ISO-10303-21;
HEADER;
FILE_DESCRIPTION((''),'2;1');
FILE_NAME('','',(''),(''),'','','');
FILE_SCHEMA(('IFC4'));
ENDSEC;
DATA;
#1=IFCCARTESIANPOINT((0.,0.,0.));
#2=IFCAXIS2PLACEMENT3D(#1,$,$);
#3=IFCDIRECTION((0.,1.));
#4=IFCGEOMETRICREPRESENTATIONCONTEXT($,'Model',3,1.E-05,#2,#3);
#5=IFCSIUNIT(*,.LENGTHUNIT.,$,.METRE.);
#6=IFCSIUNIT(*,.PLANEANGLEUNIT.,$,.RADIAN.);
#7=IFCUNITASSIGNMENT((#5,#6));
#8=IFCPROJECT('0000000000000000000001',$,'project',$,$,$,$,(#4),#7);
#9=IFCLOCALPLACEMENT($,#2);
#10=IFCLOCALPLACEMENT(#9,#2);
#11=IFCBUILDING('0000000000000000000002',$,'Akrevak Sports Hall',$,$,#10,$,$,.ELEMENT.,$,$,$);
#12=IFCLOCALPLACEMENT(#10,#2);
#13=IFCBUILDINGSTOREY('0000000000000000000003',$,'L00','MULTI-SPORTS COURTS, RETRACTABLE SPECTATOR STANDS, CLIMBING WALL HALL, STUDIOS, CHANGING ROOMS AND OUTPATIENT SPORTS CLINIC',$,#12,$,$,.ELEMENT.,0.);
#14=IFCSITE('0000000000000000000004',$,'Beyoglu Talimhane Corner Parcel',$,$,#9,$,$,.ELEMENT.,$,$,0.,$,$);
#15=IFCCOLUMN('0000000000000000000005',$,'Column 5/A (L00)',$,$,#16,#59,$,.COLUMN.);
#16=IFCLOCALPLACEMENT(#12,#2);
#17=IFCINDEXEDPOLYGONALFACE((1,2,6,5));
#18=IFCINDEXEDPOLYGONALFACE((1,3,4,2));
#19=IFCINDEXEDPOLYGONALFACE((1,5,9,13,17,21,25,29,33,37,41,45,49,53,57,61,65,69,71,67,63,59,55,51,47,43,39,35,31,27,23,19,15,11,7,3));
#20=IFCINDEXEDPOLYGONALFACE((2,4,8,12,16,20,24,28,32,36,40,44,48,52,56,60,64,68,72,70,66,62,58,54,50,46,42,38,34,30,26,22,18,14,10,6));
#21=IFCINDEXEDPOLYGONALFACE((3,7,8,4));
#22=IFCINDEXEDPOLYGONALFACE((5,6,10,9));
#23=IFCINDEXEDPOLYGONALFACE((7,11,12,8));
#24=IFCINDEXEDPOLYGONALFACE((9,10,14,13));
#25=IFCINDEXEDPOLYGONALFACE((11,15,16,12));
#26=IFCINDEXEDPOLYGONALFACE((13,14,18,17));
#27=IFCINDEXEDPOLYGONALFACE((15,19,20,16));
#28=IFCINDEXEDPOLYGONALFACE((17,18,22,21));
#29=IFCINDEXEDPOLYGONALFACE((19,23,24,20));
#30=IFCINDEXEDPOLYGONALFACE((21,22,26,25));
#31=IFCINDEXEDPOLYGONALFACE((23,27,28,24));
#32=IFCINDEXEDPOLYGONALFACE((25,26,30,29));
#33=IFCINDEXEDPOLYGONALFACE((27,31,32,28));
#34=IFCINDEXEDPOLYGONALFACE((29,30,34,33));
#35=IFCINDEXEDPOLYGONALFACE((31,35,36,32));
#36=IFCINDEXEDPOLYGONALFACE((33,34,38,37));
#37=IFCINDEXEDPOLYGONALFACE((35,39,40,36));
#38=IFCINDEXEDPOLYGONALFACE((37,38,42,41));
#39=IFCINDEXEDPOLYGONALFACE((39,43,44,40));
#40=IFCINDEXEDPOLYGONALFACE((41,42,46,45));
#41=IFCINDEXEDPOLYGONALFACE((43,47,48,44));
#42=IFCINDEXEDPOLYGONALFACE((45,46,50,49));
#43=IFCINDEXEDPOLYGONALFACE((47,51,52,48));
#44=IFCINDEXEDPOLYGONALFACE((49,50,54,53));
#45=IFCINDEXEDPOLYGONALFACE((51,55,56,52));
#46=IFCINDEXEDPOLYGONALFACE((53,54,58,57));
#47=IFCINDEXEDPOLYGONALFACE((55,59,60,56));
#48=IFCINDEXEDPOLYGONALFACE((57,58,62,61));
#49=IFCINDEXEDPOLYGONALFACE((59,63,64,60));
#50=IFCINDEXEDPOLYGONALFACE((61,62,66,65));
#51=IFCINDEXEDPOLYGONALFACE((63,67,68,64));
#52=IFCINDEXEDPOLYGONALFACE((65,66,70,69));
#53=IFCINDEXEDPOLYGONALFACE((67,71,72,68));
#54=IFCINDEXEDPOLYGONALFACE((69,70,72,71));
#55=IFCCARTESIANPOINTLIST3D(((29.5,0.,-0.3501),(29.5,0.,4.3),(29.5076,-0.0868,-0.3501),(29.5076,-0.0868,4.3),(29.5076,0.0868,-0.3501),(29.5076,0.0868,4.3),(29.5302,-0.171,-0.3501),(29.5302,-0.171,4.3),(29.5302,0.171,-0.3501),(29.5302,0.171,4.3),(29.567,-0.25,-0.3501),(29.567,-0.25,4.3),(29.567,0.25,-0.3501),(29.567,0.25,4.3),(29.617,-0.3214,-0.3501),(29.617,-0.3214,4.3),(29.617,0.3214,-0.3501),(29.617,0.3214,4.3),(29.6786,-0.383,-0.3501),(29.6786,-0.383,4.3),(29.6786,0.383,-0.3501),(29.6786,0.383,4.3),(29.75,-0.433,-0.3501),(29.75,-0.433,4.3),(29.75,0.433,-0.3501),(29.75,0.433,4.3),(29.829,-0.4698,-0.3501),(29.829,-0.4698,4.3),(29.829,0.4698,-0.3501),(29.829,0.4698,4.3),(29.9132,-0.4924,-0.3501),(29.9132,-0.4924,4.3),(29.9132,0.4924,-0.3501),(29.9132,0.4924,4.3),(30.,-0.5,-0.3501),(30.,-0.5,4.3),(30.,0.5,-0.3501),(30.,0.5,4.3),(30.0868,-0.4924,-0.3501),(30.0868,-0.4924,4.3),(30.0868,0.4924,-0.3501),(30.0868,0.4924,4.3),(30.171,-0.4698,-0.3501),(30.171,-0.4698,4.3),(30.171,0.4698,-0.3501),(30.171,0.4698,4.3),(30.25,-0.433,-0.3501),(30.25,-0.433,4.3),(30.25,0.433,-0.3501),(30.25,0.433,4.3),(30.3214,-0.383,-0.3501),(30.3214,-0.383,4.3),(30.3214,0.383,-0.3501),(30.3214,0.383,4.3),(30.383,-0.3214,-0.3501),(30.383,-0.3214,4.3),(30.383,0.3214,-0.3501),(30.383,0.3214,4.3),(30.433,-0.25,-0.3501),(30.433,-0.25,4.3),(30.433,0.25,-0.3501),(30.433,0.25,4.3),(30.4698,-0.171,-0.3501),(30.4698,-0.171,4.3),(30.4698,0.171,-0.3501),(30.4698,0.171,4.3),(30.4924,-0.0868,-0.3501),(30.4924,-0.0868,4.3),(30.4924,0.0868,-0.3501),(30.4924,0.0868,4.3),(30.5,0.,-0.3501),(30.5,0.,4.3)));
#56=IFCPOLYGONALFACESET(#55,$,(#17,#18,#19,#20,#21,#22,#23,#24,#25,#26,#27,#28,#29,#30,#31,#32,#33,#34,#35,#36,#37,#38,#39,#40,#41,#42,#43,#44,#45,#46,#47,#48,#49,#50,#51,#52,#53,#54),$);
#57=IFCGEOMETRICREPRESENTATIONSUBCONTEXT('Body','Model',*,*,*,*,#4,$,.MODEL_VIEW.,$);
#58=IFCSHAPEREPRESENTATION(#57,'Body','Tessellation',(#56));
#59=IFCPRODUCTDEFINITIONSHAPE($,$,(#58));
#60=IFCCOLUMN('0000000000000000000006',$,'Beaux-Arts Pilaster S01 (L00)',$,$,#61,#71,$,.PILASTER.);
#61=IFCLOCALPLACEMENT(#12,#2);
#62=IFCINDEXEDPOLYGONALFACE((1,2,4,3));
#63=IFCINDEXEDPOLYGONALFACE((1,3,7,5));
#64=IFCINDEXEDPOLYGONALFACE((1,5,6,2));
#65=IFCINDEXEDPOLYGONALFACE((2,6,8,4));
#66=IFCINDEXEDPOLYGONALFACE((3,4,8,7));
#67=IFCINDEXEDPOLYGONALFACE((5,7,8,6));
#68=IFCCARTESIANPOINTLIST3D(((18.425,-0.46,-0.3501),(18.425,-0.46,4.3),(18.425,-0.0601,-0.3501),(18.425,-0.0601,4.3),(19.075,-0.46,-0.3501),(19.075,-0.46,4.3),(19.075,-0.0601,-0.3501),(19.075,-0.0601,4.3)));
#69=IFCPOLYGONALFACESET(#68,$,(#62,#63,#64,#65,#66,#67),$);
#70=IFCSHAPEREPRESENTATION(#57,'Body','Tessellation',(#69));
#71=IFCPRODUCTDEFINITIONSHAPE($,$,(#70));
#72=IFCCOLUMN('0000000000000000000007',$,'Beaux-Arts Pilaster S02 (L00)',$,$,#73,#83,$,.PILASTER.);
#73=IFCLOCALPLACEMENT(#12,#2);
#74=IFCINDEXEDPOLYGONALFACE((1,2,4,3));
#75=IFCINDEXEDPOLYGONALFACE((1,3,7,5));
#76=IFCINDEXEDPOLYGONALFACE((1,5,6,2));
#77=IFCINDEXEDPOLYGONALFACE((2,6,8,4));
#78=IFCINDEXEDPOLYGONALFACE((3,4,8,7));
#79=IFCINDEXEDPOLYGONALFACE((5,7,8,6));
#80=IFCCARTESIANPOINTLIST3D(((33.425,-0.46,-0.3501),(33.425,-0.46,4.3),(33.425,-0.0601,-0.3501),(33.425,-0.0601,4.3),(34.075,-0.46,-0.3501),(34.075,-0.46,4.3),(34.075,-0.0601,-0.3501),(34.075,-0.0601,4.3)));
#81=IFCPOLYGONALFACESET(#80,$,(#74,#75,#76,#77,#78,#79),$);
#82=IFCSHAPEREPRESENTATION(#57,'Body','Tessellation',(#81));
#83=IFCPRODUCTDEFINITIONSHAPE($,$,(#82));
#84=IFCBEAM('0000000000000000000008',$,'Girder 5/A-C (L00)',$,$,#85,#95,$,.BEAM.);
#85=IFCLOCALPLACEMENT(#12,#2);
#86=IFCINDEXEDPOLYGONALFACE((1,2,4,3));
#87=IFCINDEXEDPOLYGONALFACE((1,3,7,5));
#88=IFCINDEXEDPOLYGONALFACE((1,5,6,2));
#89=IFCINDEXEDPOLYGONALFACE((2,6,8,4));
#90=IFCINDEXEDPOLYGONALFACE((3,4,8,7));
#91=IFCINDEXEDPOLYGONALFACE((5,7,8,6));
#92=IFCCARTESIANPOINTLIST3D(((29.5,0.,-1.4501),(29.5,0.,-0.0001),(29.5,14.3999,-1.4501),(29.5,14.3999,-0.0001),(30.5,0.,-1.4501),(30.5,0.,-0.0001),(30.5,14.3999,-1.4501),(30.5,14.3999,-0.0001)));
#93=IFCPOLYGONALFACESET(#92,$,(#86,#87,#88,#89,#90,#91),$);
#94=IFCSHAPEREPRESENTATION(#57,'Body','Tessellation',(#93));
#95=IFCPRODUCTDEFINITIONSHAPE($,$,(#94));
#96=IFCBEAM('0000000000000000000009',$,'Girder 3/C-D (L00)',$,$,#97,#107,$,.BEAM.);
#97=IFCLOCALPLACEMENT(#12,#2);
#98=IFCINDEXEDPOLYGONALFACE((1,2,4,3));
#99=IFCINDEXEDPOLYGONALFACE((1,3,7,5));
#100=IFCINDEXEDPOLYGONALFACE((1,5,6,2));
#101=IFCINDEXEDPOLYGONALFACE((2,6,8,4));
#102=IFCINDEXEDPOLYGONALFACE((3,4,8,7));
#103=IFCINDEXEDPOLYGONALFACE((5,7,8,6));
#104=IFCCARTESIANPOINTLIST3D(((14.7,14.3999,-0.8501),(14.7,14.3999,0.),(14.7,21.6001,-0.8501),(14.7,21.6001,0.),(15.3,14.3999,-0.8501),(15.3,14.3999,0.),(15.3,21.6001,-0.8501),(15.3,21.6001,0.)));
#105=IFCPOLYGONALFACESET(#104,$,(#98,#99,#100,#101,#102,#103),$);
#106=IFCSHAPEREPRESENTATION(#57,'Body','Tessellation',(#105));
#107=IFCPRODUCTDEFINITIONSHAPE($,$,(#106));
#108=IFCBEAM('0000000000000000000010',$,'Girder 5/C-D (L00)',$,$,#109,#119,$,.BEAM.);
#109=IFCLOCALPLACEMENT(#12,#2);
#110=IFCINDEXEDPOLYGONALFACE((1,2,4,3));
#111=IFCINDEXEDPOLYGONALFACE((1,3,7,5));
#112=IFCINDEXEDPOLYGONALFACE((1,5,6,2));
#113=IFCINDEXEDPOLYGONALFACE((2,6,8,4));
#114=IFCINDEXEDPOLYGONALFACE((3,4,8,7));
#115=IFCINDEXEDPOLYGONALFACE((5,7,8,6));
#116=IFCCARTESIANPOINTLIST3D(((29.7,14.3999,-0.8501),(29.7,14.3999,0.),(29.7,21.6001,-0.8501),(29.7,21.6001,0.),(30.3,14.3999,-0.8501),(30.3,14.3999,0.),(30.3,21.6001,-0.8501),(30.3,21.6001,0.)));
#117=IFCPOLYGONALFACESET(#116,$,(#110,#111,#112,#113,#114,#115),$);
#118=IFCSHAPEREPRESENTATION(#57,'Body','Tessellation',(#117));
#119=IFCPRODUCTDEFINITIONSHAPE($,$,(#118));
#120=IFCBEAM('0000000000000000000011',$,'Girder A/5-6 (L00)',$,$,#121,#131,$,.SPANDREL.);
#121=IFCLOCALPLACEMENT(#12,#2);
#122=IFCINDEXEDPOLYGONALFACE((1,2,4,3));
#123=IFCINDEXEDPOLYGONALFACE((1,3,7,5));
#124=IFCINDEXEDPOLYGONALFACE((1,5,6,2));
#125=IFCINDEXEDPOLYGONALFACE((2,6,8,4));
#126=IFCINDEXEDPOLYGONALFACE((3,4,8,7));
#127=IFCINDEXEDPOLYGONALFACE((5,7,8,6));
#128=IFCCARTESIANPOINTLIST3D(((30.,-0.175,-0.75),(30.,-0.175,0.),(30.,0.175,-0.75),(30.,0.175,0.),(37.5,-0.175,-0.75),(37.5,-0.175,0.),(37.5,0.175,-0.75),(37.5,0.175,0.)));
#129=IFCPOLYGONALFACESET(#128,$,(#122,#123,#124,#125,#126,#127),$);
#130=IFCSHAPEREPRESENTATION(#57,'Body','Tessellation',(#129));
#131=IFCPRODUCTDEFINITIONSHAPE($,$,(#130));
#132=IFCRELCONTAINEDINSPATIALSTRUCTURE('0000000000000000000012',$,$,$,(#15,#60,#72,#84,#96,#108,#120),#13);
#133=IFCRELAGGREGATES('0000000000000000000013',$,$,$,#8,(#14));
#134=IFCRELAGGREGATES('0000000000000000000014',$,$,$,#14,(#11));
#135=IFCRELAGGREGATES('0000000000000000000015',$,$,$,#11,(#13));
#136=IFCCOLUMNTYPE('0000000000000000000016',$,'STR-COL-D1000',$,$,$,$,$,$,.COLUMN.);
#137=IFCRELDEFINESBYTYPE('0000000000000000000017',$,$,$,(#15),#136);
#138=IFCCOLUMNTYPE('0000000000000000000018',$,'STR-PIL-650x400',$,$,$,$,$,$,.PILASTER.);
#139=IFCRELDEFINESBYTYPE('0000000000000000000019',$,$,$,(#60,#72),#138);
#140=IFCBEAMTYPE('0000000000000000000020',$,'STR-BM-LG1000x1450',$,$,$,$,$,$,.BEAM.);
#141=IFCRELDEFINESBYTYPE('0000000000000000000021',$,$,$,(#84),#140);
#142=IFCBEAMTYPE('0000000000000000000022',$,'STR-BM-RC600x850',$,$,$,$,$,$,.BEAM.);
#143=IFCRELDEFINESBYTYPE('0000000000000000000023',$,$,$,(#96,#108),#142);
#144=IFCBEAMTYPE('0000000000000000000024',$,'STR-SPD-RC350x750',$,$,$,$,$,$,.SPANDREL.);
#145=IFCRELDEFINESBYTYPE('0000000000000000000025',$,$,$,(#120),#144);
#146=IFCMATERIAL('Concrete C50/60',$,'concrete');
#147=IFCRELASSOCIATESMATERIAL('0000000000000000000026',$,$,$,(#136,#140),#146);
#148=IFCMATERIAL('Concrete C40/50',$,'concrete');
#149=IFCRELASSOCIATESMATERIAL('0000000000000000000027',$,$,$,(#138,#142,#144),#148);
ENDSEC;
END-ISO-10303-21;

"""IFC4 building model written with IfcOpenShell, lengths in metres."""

from ifc_helpers import new_model, si_unit, direction, frame, origin, origin_2d, place, context, subcontext, project, spatial, rectangle, circle, extrude, material, material_profile, profile_set, type_object, element, save


model = new_model("IFC4")

# Units and contexts
model_context = context("Model", 3, precision=1e-05, world=origin(), true_north=direction((0.0, 1.0)))
body_context = subcontext(model_context, "Body", "Model", "MODEL_VIEW")
ifc_project = project(units=[si_unit("LENGTHUNIT", "METRE"), si_unit("PLANEANGLEUNIT", "RADIAN")], contexts=[model_context])

# Site, building, storey
site_placement = place(None, origin())
site = spatial("IfcSite", under=ifc_project, at=site_placement, Name="Beyoglu Talimhane Corner Parcel", CompositionType="ELEMENT", RefElevation=0.0)
building_placement = place(site_placement, origin())
building = spatial("IfcBuilding", under=site, at=building_placement, Name="Akrevak Sports Hall", CompositionType="ELEMENT")
storey_placement = place(building_placement, origin())
storey = spatial("IfcBuildingStorey", under=building, at=storey_placement, Name="L00", Description="MULTI-SPORTS COURTS, RETRACTABLE SPECTATOR STANDS, CLIMBING WALL HALL, STUDIOS, CHANGING ROOMS AND OUTPATIENT SPORTS CLINIC", CompositionType="ELEMENT", Elevation=0.0)

# Columns
ifc_material_1 = material(Name="Concrete C50/60", Category="concrete")
ifc_material_profile_1 = material_profile(ifc_material_1, circle(Radius=0.5, at=origin_2d()), Name="COL D1000", Category="concrete")
ifc_profile_set_1 = profile_set([ifc_material_profile_1], Name="Concrete C50/60")
column_type_1 = type_object("IfcColumnType", Name="STR-COL-D1000", PredefinedType="COLUMN", material=ifc_profile_set_1)
column_placement = place(storey_placement, frame((30.0, 0.0, -0.3501), z_axis=(0.0, 0.0, 1.0), x_axis=(1.0, 0.0, 0.0)))
element("IfcColumn", 1, at=column_placement, inside=storey, type_object=column_type_1, Name="Column 5/A (L00)", PredefinedType="COLUMN", context=body_context, shape_type="SweptSolid", body=[
    extrude(circle(Radius=0.5, at=origin_2d()), origin(), (0.0, 0.0, 1.0), 4.6501),
])
ifc_material_2 = material(Name="Concrete C40/50", Category="concrete")
ifc_material_profile_2 = material_profile(ifc_material_2, rectangle(XDim=0.6499, YDim=0.3999, at=origin_2d()), Name="PIL 650x400", Category="concrete")
ifc_profile_set_2 = profile_set([ifc_material_profile_2], Name="Concrete C40/50")
column_type_2 = type_object("IfcColumnType", Name="STR-PIL-650x400", PredefinedType="PILASTER", material=ifc_profile_set_2)
for number, where, z_axis, x_axis, name in (
    (2, (18.75, -0.26, -0.3501), (0.0, 0.0, 1.0), (1.0, 0.0, 0.0), "Beaux-Arts Pilaster S01 (L00)"),
    (3, (33.75, -0.26, -0.3501), (0.0, 0.0, 1.0), (1.0, 0.0, 0.0), "Beaux-Arts Pilaster S02 (L00)"),
):
    element("IfcColumn", number, at=place(storey_placement, frame(where, z_axis=z_axis, x_axis=x_axis)), inside=storey, type_object=column_type_2, Name=name, PredefinedType="PILASTER", context=body_context, shape_type="SweptSolid", body=[
        extrude(rectangle(XDim=0.6499, YDim=0.3999, at=origin_2d()), origin(), (0.0, 0.0, 1.0), 4.6501),
    ])

# Beams
ifc_material_profile_3 = material_profile(ifc_material_1, rectangle(XDim=1.0, YDim=1.45, at=origin_2d()), Name="BM 1000x1450", Category="concrete")
ifc_profile_set_3 = profile_set([ifc_material_profile_3], Name="Concrete C50/60")
beam_type_1 = type_object("IfcBeamType", Name="STR-BM-LG1000x1450", PredefinedType="BEAM", material=ifc_profile_set_3)
beam_1_placement = place(storey_placement, frame((30.0, 0.0, -0.7251), z_axis=(0.0, 1.0, 0.0), x_axis=(-1.0, 0.0, 0.0)))
element("IfcBeam", 4, at=beam_1_placement, inside=storey, type_object=beam_type_1, Name="Girder 5/A-C (L00)", PredefinedType="BEAM", context=body_context, shape_type="SweptSolid", body=[
    extrude(rectangle(XDim=1.0, YDim=1.45, at=origin_2d()), origin(), (0.0, 0.0, 1.0), 14.3999),
])
ifc_material_profile_4 = material_profile(ifc_material_2, rectangle(XDim=0.6001, YDim=0.8501, at=origin_2d()), Name="BM 600x850", Category="concrete")
ifc_profile_set_4 = profile_set([ifc_material_profile_4], Name="Concrete C40/50")
beam_type_2 = type_object("IfcBeamType", Name="STR-BM-RC600x850", PredefinedType="BEAM", material=ifc_profile_set_4)
for number, where, z_axis, x_axis, name in (
    (5, (15.0, 14.3999, -0.425), (0.0, 1.0, 0.0), (-1.0, 0.0, 0.0), "Girder 3/C-D (L00)"),
    (6, (30.0, 14.3999, -0.425), (0.0, 1.0, 0.0), (-1.0, 0.0, 0.0), "Girder 5/C-D (L00)"),
):
    element("IfcBeam", number, at=place(storey_placement, frame(where, z_axis=z_axis, x_axis=x_axis)), inside=storey, type_object=beam_type_2, Name=name, PredefinedType="BEAM", context=body_context, shape_type="SweptSolid", body=[
        extrude(rectangle(XDim=0.6001, YDim=0.8501, at=origin_2d()), origin(), (0.0, 0.0, 1.0), 7.2002),
    ])
ifc_material_profile_5 = material_profile(ifc_material_2, rectangle(XDim=0.3501, YDim=0.75, at=origin_2d()), Name="SPD 350x750", Category="concrete")
ifc_profile_set_5 = profile_set([ifc_material_profile_5], Name="Concrete C40/50")
beam_type_3 = type_object("IfcBeamType", Name="STR-SPD-RC350x750", PredefinedType="SPANDREL", material=ifc_profile_set_5)
beam_2_placement = place(storey_placement, frame((30.0, 0.0, -0.375), z_axis=(1.0, 0.0, 0.0), x_axis=(0.0, 1.0, 0.0)))
element("IfcBeam", 7, at=beam_2_placement, inside=storey, type_object=beam_type_3, Name="Girder A/5-6 (L00)", PredefinedType="SPANDREL", context=body_context, shape_type="SweptSolid", body=[
    extrude(rectangle(XDim=0.3501, YDim=0.75, at=origin_2d()), origin(), (0.0, 0.0, 1.0), 7.5),
])

save(model, "model.ifc")
